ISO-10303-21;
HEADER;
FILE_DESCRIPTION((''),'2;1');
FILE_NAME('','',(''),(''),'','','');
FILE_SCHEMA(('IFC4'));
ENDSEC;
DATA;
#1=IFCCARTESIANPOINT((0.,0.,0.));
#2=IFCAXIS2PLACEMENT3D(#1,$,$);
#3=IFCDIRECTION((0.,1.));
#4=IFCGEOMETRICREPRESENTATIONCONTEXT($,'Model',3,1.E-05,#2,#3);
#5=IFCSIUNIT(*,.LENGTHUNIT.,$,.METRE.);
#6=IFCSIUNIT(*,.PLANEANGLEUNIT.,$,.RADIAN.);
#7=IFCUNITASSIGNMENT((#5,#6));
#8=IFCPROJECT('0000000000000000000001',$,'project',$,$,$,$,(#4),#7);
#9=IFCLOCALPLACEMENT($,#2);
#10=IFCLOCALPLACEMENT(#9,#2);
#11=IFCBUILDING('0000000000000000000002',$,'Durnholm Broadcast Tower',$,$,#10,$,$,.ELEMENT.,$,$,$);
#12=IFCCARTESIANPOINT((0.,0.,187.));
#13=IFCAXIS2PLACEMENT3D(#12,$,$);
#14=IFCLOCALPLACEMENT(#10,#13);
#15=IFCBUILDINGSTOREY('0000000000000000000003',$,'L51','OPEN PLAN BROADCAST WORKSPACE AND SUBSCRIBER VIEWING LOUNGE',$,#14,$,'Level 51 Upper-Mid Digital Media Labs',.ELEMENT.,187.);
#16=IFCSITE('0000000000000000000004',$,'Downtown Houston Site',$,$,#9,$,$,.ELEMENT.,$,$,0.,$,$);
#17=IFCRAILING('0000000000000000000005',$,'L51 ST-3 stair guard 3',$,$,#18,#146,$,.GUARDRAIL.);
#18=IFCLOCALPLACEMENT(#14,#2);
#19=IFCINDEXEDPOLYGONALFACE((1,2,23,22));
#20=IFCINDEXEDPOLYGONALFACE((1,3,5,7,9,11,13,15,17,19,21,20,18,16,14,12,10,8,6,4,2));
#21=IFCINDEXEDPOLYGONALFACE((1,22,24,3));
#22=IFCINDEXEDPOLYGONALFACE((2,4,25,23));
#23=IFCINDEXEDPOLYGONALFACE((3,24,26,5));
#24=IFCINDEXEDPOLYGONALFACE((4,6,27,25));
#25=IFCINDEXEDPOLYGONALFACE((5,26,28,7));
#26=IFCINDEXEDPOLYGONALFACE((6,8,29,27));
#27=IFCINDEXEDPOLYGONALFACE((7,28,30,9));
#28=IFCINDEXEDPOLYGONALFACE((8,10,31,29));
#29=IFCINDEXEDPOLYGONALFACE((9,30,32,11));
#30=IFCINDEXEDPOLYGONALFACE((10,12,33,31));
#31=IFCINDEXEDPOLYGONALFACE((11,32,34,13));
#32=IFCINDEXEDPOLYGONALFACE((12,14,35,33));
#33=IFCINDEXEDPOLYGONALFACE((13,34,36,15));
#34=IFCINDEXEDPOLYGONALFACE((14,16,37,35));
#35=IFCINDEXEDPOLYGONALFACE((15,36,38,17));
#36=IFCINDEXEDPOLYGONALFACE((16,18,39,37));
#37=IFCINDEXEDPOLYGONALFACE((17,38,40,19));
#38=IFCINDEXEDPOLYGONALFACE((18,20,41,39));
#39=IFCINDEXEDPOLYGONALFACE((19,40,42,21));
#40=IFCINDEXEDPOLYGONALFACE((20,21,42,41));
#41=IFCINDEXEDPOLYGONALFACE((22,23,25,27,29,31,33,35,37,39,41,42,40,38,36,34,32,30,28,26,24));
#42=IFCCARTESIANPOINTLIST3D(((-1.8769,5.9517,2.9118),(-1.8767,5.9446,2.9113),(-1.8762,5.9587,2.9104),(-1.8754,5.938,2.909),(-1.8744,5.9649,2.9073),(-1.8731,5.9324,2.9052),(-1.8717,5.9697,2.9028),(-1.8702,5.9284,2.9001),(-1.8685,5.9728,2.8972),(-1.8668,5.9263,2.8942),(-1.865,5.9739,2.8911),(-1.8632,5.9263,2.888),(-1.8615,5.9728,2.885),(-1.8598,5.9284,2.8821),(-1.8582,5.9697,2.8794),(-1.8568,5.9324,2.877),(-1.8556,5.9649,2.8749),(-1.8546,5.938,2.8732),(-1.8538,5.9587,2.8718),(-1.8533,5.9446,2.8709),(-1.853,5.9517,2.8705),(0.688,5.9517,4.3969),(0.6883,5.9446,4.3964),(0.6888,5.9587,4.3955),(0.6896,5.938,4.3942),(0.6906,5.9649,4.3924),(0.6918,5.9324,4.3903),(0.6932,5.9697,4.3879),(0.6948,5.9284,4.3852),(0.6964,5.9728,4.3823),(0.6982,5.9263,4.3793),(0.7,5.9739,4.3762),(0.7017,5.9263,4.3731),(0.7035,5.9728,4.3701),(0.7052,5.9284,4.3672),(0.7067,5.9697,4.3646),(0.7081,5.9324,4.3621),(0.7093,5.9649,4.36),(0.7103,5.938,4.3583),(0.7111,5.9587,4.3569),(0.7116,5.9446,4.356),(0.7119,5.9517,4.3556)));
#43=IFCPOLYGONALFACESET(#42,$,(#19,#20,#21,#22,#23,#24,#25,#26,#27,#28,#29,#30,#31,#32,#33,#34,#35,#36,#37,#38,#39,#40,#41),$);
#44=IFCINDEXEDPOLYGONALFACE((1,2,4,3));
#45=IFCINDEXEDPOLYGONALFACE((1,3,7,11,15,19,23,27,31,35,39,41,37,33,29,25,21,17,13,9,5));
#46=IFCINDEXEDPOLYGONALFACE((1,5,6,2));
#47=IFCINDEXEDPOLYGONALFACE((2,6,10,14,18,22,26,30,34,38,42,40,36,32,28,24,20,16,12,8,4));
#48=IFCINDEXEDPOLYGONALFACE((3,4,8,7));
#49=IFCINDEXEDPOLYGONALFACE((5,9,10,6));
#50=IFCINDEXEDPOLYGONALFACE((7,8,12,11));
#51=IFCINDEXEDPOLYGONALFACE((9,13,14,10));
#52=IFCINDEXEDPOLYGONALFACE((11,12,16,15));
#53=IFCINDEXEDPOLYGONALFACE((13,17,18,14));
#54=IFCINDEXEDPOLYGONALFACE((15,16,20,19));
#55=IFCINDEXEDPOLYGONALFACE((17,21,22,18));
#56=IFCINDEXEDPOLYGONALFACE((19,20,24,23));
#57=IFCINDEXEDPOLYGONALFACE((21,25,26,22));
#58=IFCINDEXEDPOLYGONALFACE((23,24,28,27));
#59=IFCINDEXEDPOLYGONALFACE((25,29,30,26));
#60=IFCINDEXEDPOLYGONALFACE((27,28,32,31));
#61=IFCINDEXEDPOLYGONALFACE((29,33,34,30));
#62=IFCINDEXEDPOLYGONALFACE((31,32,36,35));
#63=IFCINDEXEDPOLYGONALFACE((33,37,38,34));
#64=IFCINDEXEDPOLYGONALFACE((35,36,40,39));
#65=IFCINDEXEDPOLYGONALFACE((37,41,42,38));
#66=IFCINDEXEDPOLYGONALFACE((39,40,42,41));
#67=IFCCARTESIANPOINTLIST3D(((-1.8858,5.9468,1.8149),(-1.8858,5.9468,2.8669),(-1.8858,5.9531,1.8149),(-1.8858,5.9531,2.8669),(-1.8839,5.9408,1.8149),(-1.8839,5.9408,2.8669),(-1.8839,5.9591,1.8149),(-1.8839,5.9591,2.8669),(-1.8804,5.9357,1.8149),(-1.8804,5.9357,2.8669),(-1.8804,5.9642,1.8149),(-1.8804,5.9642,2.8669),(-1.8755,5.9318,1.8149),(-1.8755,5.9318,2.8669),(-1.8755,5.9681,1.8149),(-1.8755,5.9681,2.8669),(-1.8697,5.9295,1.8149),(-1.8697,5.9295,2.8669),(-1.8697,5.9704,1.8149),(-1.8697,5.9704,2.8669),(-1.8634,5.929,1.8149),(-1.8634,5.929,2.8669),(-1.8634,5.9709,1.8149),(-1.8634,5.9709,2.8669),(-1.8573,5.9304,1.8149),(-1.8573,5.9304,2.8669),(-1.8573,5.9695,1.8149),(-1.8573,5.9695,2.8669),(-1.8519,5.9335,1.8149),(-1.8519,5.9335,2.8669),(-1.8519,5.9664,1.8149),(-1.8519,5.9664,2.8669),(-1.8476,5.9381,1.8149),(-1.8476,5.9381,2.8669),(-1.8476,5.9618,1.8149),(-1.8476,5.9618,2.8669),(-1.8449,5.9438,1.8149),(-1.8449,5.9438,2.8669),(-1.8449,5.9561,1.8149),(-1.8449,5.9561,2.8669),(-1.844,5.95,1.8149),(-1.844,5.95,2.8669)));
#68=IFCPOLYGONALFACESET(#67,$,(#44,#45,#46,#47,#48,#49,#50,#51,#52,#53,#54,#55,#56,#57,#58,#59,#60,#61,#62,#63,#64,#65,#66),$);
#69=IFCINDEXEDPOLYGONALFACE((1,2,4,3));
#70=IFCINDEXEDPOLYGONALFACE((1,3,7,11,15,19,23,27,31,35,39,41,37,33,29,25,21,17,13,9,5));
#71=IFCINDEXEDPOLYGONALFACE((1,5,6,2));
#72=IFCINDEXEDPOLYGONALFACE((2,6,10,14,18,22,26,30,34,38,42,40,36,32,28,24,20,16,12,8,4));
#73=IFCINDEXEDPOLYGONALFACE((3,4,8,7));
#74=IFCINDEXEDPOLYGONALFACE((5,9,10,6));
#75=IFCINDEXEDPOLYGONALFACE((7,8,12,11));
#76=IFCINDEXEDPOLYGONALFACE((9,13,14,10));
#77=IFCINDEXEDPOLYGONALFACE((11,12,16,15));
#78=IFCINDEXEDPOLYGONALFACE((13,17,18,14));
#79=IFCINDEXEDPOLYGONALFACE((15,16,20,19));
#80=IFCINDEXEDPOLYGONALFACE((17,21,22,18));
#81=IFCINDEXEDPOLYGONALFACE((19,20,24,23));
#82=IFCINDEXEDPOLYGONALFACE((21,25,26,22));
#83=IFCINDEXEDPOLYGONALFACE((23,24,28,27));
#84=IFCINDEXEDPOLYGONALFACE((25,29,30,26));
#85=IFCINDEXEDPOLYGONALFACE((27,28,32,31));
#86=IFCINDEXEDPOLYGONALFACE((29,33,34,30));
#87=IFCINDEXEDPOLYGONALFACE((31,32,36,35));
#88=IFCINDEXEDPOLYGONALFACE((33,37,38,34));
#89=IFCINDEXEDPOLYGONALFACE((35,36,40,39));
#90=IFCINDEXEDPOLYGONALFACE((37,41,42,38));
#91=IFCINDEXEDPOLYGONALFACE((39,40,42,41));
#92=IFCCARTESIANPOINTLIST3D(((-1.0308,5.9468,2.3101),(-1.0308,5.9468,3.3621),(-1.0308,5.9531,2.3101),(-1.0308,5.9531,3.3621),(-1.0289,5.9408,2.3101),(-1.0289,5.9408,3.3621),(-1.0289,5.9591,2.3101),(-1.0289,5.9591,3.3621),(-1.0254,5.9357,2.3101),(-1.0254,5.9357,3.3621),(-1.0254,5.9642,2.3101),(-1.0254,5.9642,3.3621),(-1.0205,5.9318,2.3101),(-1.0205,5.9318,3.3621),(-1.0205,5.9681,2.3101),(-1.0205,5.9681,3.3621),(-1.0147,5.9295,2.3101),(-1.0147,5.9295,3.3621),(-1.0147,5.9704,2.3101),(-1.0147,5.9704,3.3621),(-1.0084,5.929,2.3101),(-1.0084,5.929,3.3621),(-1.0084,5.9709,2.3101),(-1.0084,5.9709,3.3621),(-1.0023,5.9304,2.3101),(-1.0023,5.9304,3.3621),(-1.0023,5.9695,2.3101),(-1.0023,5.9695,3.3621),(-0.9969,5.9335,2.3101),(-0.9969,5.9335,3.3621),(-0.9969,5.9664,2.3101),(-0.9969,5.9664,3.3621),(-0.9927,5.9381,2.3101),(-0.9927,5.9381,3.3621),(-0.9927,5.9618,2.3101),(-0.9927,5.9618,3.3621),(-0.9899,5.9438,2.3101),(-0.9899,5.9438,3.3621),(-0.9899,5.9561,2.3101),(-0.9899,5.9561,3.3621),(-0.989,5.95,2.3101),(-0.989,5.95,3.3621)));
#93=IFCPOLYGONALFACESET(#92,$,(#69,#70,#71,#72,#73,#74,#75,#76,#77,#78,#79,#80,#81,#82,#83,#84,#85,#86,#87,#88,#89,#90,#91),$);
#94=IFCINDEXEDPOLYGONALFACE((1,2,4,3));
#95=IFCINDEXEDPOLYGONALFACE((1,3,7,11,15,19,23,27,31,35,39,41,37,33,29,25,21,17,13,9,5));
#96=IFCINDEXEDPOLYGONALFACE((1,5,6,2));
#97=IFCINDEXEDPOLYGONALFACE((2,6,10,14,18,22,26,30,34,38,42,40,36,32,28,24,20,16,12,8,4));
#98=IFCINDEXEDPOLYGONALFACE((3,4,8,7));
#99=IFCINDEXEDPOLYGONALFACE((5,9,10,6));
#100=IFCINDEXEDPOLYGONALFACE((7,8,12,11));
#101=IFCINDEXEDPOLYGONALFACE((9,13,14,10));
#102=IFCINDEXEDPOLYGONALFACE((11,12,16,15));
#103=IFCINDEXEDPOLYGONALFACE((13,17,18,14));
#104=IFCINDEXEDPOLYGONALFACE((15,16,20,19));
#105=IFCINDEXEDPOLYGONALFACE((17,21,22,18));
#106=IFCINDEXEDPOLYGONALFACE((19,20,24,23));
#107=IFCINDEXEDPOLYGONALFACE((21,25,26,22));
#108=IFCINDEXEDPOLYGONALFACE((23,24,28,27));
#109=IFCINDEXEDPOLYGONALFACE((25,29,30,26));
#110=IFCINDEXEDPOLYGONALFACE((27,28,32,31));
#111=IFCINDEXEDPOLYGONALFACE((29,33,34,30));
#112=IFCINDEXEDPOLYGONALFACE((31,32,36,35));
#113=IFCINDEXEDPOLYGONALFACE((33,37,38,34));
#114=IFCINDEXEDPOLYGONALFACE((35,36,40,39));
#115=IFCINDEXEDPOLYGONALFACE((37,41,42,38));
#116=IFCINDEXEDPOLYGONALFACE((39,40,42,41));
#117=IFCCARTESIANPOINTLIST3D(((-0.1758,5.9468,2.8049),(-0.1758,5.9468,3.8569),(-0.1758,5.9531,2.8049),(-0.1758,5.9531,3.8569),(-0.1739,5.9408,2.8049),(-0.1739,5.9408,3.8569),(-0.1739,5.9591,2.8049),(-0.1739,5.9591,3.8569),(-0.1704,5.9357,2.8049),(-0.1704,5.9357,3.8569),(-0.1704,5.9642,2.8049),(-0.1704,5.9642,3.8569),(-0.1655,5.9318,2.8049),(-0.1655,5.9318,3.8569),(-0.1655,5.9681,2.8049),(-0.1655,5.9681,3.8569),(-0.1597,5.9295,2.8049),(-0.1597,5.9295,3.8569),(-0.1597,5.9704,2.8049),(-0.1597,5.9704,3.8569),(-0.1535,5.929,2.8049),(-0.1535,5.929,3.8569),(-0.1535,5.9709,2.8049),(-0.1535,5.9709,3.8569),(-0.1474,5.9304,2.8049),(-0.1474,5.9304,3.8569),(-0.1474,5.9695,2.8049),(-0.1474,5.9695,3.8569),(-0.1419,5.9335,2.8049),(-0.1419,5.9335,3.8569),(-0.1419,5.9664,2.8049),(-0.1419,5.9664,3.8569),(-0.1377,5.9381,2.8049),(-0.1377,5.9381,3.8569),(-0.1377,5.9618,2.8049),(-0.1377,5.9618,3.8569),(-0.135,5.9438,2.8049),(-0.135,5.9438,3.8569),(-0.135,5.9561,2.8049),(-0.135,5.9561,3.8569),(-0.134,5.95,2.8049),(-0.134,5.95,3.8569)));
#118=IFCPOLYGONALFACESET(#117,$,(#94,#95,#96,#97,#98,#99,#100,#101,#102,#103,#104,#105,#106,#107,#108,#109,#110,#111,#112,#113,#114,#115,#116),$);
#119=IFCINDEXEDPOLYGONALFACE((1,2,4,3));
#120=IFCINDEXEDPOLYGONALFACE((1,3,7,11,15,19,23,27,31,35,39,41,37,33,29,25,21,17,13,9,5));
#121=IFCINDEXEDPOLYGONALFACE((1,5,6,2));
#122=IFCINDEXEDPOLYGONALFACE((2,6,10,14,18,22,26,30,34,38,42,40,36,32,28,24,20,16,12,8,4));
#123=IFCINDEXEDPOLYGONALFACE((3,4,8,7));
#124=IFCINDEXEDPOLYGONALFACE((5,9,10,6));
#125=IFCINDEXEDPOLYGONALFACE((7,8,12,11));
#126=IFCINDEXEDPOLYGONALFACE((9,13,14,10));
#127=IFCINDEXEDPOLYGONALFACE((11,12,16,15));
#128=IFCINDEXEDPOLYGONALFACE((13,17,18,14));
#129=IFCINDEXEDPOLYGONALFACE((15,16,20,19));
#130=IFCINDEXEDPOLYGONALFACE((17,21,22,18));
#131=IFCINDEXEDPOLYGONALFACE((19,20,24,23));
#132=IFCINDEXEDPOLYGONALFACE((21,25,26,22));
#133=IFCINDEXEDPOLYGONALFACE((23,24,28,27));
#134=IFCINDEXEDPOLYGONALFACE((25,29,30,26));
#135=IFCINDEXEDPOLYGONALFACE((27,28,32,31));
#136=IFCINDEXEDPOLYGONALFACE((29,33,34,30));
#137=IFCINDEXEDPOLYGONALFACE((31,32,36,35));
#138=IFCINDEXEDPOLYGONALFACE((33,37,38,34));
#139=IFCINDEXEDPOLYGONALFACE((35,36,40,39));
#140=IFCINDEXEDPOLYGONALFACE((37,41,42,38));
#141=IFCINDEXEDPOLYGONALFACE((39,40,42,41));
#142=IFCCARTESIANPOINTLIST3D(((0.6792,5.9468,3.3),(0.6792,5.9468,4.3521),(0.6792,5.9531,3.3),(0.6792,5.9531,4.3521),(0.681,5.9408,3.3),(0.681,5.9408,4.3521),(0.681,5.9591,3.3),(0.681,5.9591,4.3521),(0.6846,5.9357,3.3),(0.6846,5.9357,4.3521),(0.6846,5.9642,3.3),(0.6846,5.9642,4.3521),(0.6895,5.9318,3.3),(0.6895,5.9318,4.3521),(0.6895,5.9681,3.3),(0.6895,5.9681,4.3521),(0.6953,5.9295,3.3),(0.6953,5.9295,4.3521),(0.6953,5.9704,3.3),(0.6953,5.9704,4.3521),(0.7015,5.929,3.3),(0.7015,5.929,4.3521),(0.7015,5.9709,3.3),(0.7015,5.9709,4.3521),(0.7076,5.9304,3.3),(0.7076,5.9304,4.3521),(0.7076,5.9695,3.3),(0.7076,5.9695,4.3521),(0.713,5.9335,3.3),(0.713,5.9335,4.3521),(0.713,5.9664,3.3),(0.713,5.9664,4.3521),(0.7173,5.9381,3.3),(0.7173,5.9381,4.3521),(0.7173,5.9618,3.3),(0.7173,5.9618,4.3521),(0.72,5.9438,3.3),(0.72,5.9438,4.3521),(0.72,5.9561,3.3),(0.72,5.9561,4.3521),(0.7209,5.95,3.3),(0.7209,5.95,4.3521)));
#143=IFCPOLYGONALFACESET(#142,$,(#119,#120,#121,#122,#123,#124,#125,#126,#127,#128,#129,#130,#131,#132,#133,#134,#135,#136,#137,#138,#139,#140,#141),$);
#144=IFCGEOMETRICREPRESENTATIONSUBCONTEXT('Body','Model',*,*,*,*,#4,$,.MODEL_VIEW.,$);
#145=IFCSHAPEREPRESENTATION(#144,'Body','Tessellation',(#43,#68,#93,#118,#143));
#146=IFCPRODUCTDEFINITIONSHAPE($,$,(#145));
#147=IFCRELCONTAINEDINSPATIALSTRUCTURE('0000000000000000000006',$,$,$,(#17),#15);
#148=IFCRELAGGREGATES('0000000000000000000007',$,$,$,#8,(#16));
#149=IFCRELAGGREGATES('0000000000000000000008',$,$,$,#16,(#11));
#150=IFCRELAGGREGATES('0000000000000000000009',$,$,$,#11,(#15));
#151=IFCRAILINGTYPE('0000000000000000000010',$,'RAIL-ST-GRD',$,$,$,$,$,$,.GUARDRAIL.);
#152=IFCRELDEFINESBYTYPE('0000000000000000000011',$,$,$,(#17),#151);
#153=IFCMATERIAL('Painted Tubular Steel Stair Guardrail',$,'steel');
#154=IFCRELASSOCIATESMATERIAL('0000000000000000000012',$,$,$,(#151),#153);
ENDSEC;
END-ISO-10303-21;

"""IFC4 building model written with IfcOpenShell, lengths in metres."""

from ifc_helpers import new_model, si_unit, direction, frame, origin, origin_2d, place, context, subcontext, project, spatial, circle, extrude, material, type_object, element, save


model = new_model("IFC4")

# Units and contexts
model_context = context("Model", 3, precision=1e-05, world=origin(), true_north=direction((0.0, 1.0)))
body_context = subcontext(model_context, "Body", "Model", "MODEL_VIEW")
ifc_project = project(units=[si_unit("LENGTHUNIT", "METRE"), si_unit("PLANEANGLEUNIT", "RADIAN")], contexts=[model_context])

# Site, building, storey
site_placement = place(None, origin())
site = spatial("IfcSite", under=ifc_project, at=site_placement, Name="Downtown Houston Site", CompositionType="ELEMENT", RefElevation=0.0)
building_placement = place(site_placement, origin())
building = spatial("IfcBuilding", under=site, at=building_placement, Name="Durnholm Broadcast Tower", CompositionType="ELEMENT")
storey_placement = place(building_placement, frame((0.0, 0.0, 187.0)))
storey = spatial("IfcBuildingStorey", under=building, at=storey_placement, Name="L51", Description="OPEN PLAN BROADCAST WORKSPACE AND SUBSCRIBER VIEWING LOUNGE", LongName="Level 51 Upper-Mid Digital Media Labs", CompositionType="ELEMENT", Elevation=187.0)

# Railing
ifc_material_1 = material(Name="Painted Tubular Steel Stair Guardrail", Category="steel")
railing_type_1 = type_object("IfcRailingType", Name="RAIL-ST-GRD", PredefinedType="GUARDRAIL", material=ifc_material_1)
railing_1_placement = place(storey_placement, frame((-1.865, 5.95, 1.8149)))
element("IfcRailing", 1, at=railing_1_placement, inside=storey, type_object=railing_type_1, Name="L51 ST-3 stair guard 3", PredefinedType="GUARDRAIL", context=body_context, shape_type="SweptSolid", body=[
    extrude(circle(Radius=0.0239, at=origin_2d()), frame((0.0, 0.0, 1.0762), z_axis=(0.865406, 0.0, 0.501072), x_axis=(0.0, 1.0, 0.0)), (0.0, 0.0, 1.0), 2.9639),
    extrude(circle(Radius=0.021, at=origin_2d()), origin(), (0.0, 0.0, 1.0), 1.052),
    extrude(circle(Radius=0.021, at=origin_2d()), frame((0.855, 0.0, 0.4951)), (0.0, 0.0, 1.0), 1.052),
    extrude(circle(Radius=0.021, at=origin_2d()), frame((1.71, 0.0, 0.99)), (0.0, 0.0, 1.0), 1.052),
    extrude(circle(Radius=0.021, at=origin_2d()), frame((2.5649, 0.0, 1.4851)), (0.0, 0.0, 1.0), 1.052),
])

save(model, "model.ifc")
